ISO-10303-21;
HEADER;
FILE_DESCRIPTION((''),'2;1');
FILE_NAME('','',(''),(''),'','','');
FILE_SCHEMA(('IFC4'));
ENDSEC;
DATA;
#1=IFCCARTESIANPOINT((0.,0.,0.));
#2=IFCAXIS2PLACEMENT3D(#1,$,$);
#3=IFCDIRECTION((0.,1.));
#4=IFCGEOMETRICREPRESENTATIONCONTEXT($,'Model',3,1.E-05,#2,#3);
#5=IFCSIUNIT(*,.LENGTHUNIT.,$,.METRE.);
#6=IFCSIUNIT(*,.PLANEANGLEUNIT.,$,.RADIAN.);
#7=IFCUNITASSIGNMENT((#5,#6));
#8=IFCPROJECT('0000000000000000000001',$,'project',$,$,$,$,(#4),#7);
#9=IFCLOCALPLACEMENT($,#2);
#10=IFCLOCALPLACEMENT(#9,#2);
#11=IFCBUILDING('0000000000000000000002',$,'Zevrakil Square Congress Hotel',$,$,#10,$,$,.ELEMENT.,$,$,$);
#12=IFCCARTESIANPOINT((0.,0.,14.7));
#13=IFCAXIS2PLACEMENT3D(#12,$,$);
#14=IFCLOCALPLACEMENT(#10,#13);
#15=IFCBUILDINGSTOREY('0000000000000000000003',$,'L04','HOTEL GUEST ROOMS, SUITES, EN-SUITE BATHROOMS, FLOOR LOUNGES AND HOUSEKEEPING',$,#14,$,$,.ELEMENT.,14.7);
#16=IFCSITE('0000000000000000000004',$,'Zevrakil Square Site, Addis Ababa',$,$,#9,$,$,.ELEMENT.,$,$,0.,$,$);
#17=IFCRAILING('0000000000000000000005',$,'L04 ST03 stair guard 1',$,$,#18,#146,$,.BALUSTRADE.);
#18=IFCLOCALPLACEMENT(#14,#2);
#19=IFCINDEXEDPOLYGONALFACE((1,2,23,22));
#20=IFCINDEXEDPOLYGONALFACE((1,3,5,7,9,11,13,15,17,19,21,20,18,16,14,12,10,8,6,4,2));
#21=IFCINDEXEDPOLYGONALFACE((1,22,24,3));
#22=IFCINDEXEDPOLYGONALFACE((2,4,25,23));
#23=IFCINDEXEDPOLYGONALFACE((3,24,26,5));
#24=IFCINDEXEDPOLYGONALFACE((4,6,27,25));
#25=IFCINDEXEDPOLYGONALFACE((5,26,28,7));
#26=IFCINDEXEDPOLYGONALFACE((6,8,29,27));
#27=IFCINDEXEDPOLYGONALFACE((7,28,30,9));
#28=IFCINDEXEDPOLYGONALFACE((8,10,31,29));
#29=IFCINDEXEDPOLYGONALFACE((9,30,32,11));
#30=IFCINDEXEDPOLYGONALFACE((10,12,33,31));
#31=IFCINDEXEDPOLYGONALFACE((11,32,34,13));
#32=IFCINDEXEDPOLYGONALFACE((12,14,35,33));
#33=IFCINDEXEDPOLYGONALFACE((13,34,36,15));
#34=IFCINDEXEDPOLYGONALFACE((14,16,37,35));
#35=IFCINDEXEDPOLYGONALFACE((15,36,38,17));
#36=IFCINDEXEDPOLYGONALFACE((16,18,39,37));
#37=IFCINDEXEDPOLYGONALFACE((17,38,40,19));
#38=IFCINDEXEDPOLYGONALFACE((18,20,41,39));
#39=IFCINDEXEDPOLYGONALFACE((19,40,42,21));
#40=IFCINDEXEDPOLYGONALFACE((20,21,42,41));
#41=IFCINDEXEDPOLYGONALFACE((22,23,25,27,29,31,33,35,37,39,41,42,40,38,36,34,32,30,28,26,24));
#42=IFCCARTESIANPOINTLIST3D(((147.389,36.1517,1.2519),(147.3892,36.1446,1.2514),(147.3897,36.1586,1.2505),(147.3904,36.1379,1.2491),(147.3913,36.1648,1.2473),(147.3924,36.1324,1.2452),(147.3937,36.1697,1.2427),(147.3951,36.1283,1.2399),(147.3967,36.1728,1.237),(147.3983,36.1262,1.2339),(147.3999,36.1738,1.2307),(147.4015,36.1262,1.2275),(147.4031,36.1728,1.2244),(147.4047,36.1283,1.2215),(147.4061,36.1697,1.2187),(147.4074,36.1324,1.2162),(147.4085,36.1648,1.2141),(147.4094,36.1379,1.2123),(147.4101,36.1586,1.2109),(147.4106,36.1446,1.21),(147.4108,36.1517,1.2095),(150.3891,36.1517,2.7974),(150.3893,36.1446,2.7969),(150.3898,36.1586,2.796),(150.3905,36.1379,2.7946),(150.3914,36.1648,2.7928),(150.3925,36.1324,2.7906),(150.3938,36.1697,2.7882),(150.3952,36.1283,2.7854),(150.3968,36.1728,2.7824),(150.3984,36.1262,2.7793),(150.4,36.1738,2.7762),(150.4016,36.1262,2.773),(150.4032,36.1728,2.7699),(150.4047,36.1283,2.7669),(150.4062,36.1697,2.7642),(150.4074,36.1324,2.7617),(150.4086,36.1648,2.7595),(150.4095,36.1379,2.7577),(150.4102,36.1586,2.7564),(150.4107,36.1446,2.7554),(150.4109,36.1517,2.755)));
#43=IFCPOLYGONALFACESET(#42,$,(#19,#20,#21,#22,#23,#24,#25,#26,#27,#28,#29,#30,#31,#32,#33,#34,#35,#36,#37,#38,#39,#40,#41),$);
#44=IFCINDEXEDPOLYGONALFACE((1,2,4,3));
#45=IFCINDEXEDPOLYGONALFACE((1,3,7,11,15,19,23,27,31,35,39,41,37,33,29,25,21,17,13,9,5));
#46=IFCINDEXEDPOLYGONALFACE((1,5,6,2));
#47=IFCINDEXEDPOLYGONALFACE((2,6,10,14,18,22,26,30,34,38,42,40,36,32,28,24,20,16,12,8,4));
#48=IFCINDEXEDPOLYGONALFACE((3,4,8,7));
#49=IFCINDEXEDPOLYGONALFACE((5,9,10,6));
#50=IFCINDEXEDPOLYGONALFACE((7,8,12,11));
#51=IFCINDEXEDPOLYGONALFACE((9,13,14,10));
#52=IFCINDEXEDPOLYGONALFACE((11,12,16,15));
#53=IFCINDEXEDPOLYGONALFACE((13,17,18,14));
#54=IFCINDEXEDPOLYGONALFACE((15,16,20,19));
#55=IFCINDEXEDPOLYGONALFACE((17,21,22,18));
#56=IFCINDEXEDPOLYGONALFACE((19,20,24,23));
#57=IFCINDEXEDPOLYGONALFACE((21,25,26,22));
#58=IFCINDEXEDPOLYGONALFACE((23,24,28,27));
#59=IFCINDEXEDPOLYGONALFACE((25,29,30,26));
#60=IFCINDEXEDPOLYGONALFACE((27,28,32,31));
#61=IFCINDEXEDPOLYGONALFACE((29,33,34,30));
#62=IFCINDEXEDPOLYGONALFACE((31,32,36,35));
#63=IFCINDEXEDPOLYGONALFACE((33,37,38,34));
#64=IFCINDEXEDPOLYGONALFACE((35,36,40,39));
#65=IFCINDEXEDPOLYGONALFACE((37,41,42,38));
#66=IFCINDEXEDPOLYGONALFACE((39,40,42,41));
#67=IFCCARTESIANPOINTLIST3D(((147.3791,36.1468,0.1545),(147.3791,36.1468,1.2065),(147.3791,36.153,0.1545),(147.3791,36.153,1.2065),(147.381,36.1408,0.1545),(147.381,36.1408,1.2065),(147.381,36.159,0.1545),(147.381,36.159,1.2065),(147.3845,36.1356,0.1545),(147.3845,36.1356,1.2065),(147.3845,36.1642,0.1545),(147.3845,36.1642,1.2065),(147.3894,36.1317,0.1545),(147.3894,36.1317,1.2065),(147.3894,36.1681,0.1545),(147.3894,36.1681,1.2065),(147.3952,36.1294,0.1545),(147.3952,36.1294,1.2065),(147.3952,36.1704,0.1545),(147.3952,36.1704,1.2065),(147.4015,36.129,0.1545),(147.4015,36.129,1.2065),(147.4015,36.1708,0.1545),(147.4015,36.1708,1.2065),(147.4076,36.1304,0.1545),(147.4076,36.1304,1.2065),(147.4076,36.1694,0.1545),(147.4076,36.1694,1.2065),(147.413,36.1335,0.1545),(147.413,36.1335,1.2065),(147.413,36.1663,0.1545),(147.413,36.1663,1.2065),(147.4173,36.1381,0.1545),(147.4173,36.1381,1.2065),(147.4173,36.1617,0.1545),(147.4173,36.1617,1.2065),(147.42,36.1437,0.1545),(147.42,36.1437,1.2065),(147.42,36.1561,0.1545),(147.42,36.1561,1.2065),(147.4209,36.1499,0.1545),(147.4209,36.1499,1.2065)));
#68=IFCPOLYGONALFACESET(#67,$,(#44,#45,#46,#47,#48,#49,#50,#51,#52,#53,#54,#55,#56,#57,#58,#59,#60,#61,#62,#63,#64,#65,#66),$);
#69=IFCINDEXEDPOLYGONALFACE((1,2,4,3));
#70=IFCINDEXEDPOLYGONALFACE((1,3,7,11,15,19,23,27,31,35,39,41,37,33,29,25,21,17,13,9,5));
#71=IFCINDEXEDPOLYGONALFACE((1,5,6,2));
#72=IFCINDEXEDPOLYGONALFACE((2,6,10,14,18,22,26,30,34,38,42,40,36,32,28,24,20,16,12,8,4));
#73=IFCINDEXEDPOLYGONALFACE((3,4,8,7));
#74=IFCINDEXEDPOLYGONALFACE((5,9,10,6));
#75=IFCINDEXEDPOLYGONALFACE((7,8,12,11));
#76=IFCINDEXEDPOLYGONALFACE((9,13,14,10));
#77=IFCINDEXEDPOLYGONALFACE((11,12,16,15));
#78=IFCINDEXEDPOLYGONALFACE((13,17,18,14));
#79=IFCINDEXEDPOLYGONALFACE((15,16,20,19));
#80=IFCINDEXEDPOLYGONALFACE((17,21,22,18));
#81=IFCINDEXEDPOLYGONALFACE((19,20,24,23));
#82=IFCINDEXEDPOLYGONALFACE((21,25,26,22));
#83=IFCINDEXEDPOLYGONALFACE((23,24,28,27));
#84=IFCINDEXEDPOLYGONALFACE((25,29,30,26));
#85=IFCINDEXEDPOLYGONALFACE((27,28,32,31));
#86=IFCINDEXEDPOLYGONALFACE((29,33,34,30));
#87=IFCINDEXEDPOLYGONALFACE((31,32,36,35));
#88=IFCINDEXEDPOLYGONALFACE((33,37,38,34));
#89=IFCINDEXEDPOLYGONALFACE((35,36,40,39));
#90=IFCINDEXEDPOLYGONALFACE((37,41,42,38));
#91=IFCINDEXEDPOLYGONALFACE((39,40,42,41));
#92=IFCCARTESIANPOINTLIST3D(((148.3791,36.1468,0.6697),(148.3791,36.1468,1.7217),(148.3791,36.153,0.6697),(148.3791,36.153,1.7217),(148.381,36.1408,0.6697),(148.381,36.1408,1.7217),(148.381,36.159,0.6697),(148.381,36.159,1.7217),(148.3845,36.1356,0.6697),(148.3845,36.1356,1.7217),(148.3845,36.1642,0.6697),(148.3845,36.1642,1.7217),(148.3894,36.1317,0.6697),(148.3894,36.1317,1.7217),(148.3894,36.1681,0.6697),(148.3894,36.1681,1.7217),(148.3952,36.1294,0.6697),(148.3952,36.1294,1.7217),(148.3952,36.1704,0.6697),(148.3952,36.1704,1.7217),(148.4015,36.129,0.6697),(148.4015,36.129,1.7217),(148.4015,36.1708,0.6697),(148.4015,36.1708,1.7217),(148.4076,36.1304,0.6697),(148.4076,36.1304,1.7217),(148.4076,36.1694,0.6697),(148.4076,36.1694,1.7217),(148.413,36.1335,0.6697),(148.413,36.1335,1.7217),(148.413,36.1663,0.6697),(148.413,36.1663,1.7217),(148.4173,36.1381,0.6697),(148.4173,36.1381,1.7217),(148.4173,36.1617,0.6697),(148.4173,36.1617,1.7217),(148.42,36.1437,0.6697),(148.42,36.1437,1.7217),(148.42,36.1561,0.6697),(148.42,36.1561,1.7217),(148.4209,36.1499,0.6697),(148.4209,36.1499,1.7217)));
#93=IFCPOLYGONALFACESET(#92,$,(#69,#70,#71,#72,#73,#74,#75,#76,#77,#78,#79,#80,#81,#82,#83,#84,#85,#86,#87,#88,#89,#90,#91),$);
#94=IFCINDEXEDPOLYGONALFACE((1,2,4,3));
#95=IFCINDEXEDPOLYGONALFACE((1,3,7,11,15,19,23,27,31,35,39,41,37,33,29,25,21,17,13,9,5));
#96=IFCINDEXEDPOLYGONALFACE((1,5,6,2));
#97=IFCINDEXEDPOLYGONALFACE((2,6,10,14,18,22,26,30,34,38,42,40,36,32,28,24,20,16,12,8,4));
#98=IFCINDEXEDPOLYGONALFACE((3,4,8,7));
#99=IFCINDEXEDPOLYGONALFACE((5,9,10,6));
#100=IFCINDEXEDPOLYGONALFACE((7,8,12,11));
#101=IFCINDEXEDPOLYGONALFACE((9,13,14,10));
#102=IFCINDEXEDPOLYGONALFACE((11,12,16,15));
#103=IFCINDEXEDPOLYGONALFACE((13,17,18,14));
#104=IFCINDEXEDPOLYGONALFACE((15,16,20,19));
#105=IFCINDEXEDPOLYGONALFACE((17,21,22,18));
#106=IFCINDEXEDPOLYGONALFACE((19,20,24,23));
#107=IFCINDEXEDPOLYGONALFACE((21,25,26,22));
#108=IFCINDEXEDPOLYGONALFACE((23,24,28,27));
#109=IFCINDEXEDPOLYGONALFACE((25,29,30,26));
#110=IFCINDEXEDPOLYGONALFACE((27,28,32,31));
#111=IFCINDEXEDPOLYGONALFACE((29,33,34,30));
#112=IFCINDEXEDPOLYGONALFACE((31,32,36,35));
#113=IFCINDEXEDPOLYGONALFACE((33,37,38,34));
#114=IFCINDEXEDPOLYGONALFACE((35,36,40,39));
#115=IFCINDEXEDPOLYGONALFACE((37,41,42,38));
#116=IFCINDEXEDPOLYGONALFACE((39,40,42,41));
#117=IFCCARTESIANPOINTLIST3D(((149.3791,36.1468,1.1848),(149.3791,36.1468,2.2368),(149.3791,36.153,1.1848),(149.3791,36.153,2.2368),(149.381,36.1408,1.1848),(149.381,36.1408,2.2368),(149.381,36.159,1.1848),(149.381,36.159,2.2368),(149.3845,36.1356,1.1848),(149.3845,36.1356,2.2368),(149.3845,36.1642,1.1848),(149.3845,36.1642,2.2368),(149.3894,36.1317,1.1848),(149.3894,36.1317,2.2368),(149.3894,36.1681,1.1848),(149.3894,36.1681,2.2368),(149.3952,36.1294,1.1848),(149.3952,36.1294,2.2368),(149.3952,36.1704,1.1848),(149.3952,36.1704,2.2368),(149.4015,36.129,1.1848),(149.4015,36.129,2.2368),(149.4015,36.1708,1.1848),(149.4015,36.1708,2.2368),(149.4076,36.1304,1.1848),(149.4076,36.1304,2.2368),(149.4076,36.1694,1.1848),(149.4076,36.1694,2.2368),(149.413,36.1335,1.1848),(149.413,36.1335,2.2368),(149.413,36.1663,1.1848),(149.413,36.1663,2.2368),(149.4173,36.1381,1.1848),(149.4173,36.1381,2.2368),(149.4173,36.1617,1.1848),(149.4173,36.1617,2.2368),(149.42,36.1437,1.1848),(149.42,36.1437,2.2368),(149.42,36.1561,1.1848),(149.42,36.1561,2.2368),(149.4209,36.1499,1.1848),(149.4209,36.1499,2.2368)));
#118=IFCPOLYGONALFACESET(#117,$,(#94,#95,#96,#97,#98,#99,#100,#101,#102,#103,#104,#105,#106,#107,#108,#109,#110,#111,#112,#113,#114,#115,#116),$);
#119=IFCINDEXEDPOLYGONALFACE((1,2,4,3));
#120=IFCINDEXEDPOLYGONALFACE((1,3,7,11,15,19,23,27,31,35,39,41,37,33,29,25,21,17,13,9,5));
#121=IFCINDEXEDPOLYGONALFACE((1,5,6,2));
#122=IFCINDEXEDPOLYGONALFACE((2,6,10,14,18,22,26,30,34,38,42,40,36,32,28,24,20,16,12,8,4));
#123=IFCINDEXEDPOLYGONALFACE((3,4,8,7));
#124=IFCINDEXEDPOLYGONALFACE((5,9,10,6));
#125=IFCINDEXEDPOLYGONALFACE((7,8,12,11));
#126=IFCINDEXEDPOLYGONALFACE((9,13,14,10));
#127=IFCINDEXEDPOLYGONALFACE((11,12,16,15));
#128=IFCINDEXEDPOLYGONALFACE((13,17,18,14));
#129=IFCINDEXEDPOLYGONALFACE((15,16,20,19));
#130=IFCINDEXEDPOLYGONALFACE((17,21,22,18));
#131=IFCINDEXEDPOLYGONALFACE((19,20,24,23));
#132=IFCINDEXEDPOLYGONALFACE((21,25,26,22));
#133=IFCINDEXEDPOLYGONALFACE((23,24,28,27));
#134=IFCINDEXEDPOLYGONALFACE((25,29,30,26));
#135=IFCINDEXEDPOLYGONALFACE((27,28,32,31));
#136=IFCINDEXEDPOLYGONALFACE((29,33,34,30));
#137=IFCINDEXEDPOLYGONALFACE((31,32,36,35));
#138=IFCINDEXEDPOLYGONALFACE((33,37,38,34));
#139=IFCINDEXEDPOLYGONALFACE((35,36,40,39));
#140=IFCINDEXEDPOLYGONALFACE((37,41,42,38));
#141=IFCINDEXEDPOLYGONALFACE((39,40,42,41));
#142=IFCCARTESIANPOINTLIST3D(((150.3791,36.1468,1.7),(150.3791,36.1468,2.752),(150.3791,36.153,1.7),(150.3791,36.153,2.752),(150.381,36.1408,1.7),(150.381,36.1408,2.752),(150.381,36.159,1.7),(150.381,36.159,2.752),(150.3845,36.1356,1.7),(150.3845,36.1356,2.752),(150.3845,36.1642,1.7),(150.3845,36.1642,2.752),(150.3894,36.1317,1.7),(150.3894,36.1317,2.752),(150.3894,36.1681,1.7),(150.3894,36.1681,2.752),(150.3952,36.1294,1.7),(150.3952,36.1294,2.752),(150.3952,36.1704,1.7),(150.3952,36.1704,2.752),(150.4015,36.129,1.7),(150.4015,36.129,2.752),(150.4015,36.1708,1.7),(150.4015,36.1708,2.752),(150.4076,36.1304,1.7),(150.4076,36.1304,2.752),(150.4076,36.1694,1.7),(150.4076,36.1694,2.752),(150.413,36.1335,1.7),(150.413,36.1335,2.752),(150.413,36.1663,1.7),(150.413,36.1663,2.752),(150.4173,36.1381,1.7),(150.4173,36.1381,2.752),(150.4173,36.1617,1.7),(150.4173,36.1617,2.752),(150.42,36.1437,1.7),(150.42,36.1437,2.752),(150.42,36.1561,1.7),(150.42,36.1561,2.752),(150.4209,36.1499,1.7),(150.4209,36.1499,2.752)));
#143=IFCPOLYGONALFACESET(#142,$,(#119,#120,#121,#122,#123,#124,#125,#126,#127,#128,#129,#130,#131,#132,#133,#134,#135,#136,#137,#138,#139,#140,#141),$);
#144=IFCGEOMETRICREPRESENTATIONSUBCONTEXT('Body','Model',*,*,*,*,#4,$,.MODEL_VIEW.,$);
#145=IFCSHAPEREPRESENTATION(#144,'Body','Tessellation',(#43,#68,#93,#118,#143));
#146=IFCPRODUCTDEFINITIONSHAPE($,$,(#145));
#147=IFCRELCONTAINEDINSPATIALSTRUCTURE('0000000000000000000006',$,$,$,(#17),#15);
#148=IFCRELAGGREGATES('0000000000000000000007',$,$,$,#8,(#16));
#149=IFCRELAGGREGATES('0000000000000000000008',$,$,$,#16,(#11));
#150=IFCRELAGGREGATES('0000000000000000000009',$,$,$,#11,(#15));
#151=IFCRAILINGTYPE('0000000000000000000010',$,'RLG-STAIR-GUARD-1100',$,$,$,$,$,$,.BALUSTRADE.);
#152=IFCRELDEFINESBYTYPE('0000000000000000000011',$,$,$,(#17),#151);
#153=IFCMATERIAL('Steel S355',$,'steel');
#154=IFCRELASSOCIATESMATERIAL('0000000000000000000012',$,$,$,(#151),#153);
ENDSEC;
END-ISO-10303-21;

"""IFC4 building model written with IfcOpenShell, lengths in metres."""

from ifc_helpers import new_model, si_unit, direction, frame, origin, origin_2d, place, context, subcontext, project, spatial, circle, extrude, material, type_object, element, save


model = new_model("IFC4")

# Units and contexts
model_context = context("Model", 3, precision=1e-05, world=origin(), true_north=direction((0.0, 1.0)))
body_context = subcontext(model_context, "Body", "Model", "MODEL_VIEW")
ifc_project = project(units=[si_unit("LENGTHUNIT", "METRE"), si_unit("PLANEANGLEUNIT", "RADIAN")], contexts=[model_context])

# Site, building, storey
site_placement = place(None, origin())
site = spatial("IfcSite", under=ifc_project, at=site_placement, Name="Zevrakil Square Site, Addis Ababa", CompositionType="ELEMENT", RefElevation=0.0)
building_placement = place(site_placement, origin())
building = spatial("IfcBuilding", under=site, at=building_placement, Name="Zevrakil Square Congress Hotel", CompositionType="ELEMENT")
storey_placement = place(building_placement, frame((0.0, 0.0, 14.7)))
storey = spatial("IfcBuildingStorey", under=building, at=storey_placement, Name="L04", Description="HOTEL GUEST ROOMS, SUITES, EN-SUITE BATHROOMS, FLOOR LOUNGES AND HOUSEKEEPING", CompositionType="ELEMENT", Elevation=14.7)

# Railing
ifc_material_1 = material(Name="Steel S355", Category="steel")
railing_type_1 = type_object("IfcRailingType", Name="RLG-STAIR-GUARD-1100", PredefinedType="BALUSTRADE", material=ifc_material_1)
railing_1_placement = place(storey_placement, frame((147.3999, 36.1499, 0.1545)))
element("IfcRailing", 1, at=railing_1_placement, inside=storey, type_object=railing_type_1, Name="L04 ST03 stair guard 1", PredefinedType="BALUSTRADE", context=body_context, shape_type="SweptSolid", body=[
    extrude(circle(Radius=0.0239, at=origin_2d()), frame((0.0, 0.0, 1.0762), z_axis=(0.88898, 0.0, 0.457946), x_axis=(0.0, 1.0, 0.0)), (0.0, 0.0, 1.0), 3.3748),
    extrude(circle(Radius=0.021, at=origin_2d()), origin(), (0.0, 0.0, 1.0), 1.052),
    extrude(circle(Radius=0.021, at=origin_2d()), frame((1.0, 0.0, 0.5151)), (0.0, 0.0, 1.0), 1.052),
    extrude(circle(Radius=0.021, at=origin_2d()), frame((2.0, 0.0, 1.0303)), (0.0, 0.0, 1.0), 1.052),
    extrude(circle(Radius=0.021, at=origin_2d()), frame((3.0, 0.0, 1.5454)), (0.0, 0.0, 1.0), 1.052),
])

save(model, "model.ifc")
